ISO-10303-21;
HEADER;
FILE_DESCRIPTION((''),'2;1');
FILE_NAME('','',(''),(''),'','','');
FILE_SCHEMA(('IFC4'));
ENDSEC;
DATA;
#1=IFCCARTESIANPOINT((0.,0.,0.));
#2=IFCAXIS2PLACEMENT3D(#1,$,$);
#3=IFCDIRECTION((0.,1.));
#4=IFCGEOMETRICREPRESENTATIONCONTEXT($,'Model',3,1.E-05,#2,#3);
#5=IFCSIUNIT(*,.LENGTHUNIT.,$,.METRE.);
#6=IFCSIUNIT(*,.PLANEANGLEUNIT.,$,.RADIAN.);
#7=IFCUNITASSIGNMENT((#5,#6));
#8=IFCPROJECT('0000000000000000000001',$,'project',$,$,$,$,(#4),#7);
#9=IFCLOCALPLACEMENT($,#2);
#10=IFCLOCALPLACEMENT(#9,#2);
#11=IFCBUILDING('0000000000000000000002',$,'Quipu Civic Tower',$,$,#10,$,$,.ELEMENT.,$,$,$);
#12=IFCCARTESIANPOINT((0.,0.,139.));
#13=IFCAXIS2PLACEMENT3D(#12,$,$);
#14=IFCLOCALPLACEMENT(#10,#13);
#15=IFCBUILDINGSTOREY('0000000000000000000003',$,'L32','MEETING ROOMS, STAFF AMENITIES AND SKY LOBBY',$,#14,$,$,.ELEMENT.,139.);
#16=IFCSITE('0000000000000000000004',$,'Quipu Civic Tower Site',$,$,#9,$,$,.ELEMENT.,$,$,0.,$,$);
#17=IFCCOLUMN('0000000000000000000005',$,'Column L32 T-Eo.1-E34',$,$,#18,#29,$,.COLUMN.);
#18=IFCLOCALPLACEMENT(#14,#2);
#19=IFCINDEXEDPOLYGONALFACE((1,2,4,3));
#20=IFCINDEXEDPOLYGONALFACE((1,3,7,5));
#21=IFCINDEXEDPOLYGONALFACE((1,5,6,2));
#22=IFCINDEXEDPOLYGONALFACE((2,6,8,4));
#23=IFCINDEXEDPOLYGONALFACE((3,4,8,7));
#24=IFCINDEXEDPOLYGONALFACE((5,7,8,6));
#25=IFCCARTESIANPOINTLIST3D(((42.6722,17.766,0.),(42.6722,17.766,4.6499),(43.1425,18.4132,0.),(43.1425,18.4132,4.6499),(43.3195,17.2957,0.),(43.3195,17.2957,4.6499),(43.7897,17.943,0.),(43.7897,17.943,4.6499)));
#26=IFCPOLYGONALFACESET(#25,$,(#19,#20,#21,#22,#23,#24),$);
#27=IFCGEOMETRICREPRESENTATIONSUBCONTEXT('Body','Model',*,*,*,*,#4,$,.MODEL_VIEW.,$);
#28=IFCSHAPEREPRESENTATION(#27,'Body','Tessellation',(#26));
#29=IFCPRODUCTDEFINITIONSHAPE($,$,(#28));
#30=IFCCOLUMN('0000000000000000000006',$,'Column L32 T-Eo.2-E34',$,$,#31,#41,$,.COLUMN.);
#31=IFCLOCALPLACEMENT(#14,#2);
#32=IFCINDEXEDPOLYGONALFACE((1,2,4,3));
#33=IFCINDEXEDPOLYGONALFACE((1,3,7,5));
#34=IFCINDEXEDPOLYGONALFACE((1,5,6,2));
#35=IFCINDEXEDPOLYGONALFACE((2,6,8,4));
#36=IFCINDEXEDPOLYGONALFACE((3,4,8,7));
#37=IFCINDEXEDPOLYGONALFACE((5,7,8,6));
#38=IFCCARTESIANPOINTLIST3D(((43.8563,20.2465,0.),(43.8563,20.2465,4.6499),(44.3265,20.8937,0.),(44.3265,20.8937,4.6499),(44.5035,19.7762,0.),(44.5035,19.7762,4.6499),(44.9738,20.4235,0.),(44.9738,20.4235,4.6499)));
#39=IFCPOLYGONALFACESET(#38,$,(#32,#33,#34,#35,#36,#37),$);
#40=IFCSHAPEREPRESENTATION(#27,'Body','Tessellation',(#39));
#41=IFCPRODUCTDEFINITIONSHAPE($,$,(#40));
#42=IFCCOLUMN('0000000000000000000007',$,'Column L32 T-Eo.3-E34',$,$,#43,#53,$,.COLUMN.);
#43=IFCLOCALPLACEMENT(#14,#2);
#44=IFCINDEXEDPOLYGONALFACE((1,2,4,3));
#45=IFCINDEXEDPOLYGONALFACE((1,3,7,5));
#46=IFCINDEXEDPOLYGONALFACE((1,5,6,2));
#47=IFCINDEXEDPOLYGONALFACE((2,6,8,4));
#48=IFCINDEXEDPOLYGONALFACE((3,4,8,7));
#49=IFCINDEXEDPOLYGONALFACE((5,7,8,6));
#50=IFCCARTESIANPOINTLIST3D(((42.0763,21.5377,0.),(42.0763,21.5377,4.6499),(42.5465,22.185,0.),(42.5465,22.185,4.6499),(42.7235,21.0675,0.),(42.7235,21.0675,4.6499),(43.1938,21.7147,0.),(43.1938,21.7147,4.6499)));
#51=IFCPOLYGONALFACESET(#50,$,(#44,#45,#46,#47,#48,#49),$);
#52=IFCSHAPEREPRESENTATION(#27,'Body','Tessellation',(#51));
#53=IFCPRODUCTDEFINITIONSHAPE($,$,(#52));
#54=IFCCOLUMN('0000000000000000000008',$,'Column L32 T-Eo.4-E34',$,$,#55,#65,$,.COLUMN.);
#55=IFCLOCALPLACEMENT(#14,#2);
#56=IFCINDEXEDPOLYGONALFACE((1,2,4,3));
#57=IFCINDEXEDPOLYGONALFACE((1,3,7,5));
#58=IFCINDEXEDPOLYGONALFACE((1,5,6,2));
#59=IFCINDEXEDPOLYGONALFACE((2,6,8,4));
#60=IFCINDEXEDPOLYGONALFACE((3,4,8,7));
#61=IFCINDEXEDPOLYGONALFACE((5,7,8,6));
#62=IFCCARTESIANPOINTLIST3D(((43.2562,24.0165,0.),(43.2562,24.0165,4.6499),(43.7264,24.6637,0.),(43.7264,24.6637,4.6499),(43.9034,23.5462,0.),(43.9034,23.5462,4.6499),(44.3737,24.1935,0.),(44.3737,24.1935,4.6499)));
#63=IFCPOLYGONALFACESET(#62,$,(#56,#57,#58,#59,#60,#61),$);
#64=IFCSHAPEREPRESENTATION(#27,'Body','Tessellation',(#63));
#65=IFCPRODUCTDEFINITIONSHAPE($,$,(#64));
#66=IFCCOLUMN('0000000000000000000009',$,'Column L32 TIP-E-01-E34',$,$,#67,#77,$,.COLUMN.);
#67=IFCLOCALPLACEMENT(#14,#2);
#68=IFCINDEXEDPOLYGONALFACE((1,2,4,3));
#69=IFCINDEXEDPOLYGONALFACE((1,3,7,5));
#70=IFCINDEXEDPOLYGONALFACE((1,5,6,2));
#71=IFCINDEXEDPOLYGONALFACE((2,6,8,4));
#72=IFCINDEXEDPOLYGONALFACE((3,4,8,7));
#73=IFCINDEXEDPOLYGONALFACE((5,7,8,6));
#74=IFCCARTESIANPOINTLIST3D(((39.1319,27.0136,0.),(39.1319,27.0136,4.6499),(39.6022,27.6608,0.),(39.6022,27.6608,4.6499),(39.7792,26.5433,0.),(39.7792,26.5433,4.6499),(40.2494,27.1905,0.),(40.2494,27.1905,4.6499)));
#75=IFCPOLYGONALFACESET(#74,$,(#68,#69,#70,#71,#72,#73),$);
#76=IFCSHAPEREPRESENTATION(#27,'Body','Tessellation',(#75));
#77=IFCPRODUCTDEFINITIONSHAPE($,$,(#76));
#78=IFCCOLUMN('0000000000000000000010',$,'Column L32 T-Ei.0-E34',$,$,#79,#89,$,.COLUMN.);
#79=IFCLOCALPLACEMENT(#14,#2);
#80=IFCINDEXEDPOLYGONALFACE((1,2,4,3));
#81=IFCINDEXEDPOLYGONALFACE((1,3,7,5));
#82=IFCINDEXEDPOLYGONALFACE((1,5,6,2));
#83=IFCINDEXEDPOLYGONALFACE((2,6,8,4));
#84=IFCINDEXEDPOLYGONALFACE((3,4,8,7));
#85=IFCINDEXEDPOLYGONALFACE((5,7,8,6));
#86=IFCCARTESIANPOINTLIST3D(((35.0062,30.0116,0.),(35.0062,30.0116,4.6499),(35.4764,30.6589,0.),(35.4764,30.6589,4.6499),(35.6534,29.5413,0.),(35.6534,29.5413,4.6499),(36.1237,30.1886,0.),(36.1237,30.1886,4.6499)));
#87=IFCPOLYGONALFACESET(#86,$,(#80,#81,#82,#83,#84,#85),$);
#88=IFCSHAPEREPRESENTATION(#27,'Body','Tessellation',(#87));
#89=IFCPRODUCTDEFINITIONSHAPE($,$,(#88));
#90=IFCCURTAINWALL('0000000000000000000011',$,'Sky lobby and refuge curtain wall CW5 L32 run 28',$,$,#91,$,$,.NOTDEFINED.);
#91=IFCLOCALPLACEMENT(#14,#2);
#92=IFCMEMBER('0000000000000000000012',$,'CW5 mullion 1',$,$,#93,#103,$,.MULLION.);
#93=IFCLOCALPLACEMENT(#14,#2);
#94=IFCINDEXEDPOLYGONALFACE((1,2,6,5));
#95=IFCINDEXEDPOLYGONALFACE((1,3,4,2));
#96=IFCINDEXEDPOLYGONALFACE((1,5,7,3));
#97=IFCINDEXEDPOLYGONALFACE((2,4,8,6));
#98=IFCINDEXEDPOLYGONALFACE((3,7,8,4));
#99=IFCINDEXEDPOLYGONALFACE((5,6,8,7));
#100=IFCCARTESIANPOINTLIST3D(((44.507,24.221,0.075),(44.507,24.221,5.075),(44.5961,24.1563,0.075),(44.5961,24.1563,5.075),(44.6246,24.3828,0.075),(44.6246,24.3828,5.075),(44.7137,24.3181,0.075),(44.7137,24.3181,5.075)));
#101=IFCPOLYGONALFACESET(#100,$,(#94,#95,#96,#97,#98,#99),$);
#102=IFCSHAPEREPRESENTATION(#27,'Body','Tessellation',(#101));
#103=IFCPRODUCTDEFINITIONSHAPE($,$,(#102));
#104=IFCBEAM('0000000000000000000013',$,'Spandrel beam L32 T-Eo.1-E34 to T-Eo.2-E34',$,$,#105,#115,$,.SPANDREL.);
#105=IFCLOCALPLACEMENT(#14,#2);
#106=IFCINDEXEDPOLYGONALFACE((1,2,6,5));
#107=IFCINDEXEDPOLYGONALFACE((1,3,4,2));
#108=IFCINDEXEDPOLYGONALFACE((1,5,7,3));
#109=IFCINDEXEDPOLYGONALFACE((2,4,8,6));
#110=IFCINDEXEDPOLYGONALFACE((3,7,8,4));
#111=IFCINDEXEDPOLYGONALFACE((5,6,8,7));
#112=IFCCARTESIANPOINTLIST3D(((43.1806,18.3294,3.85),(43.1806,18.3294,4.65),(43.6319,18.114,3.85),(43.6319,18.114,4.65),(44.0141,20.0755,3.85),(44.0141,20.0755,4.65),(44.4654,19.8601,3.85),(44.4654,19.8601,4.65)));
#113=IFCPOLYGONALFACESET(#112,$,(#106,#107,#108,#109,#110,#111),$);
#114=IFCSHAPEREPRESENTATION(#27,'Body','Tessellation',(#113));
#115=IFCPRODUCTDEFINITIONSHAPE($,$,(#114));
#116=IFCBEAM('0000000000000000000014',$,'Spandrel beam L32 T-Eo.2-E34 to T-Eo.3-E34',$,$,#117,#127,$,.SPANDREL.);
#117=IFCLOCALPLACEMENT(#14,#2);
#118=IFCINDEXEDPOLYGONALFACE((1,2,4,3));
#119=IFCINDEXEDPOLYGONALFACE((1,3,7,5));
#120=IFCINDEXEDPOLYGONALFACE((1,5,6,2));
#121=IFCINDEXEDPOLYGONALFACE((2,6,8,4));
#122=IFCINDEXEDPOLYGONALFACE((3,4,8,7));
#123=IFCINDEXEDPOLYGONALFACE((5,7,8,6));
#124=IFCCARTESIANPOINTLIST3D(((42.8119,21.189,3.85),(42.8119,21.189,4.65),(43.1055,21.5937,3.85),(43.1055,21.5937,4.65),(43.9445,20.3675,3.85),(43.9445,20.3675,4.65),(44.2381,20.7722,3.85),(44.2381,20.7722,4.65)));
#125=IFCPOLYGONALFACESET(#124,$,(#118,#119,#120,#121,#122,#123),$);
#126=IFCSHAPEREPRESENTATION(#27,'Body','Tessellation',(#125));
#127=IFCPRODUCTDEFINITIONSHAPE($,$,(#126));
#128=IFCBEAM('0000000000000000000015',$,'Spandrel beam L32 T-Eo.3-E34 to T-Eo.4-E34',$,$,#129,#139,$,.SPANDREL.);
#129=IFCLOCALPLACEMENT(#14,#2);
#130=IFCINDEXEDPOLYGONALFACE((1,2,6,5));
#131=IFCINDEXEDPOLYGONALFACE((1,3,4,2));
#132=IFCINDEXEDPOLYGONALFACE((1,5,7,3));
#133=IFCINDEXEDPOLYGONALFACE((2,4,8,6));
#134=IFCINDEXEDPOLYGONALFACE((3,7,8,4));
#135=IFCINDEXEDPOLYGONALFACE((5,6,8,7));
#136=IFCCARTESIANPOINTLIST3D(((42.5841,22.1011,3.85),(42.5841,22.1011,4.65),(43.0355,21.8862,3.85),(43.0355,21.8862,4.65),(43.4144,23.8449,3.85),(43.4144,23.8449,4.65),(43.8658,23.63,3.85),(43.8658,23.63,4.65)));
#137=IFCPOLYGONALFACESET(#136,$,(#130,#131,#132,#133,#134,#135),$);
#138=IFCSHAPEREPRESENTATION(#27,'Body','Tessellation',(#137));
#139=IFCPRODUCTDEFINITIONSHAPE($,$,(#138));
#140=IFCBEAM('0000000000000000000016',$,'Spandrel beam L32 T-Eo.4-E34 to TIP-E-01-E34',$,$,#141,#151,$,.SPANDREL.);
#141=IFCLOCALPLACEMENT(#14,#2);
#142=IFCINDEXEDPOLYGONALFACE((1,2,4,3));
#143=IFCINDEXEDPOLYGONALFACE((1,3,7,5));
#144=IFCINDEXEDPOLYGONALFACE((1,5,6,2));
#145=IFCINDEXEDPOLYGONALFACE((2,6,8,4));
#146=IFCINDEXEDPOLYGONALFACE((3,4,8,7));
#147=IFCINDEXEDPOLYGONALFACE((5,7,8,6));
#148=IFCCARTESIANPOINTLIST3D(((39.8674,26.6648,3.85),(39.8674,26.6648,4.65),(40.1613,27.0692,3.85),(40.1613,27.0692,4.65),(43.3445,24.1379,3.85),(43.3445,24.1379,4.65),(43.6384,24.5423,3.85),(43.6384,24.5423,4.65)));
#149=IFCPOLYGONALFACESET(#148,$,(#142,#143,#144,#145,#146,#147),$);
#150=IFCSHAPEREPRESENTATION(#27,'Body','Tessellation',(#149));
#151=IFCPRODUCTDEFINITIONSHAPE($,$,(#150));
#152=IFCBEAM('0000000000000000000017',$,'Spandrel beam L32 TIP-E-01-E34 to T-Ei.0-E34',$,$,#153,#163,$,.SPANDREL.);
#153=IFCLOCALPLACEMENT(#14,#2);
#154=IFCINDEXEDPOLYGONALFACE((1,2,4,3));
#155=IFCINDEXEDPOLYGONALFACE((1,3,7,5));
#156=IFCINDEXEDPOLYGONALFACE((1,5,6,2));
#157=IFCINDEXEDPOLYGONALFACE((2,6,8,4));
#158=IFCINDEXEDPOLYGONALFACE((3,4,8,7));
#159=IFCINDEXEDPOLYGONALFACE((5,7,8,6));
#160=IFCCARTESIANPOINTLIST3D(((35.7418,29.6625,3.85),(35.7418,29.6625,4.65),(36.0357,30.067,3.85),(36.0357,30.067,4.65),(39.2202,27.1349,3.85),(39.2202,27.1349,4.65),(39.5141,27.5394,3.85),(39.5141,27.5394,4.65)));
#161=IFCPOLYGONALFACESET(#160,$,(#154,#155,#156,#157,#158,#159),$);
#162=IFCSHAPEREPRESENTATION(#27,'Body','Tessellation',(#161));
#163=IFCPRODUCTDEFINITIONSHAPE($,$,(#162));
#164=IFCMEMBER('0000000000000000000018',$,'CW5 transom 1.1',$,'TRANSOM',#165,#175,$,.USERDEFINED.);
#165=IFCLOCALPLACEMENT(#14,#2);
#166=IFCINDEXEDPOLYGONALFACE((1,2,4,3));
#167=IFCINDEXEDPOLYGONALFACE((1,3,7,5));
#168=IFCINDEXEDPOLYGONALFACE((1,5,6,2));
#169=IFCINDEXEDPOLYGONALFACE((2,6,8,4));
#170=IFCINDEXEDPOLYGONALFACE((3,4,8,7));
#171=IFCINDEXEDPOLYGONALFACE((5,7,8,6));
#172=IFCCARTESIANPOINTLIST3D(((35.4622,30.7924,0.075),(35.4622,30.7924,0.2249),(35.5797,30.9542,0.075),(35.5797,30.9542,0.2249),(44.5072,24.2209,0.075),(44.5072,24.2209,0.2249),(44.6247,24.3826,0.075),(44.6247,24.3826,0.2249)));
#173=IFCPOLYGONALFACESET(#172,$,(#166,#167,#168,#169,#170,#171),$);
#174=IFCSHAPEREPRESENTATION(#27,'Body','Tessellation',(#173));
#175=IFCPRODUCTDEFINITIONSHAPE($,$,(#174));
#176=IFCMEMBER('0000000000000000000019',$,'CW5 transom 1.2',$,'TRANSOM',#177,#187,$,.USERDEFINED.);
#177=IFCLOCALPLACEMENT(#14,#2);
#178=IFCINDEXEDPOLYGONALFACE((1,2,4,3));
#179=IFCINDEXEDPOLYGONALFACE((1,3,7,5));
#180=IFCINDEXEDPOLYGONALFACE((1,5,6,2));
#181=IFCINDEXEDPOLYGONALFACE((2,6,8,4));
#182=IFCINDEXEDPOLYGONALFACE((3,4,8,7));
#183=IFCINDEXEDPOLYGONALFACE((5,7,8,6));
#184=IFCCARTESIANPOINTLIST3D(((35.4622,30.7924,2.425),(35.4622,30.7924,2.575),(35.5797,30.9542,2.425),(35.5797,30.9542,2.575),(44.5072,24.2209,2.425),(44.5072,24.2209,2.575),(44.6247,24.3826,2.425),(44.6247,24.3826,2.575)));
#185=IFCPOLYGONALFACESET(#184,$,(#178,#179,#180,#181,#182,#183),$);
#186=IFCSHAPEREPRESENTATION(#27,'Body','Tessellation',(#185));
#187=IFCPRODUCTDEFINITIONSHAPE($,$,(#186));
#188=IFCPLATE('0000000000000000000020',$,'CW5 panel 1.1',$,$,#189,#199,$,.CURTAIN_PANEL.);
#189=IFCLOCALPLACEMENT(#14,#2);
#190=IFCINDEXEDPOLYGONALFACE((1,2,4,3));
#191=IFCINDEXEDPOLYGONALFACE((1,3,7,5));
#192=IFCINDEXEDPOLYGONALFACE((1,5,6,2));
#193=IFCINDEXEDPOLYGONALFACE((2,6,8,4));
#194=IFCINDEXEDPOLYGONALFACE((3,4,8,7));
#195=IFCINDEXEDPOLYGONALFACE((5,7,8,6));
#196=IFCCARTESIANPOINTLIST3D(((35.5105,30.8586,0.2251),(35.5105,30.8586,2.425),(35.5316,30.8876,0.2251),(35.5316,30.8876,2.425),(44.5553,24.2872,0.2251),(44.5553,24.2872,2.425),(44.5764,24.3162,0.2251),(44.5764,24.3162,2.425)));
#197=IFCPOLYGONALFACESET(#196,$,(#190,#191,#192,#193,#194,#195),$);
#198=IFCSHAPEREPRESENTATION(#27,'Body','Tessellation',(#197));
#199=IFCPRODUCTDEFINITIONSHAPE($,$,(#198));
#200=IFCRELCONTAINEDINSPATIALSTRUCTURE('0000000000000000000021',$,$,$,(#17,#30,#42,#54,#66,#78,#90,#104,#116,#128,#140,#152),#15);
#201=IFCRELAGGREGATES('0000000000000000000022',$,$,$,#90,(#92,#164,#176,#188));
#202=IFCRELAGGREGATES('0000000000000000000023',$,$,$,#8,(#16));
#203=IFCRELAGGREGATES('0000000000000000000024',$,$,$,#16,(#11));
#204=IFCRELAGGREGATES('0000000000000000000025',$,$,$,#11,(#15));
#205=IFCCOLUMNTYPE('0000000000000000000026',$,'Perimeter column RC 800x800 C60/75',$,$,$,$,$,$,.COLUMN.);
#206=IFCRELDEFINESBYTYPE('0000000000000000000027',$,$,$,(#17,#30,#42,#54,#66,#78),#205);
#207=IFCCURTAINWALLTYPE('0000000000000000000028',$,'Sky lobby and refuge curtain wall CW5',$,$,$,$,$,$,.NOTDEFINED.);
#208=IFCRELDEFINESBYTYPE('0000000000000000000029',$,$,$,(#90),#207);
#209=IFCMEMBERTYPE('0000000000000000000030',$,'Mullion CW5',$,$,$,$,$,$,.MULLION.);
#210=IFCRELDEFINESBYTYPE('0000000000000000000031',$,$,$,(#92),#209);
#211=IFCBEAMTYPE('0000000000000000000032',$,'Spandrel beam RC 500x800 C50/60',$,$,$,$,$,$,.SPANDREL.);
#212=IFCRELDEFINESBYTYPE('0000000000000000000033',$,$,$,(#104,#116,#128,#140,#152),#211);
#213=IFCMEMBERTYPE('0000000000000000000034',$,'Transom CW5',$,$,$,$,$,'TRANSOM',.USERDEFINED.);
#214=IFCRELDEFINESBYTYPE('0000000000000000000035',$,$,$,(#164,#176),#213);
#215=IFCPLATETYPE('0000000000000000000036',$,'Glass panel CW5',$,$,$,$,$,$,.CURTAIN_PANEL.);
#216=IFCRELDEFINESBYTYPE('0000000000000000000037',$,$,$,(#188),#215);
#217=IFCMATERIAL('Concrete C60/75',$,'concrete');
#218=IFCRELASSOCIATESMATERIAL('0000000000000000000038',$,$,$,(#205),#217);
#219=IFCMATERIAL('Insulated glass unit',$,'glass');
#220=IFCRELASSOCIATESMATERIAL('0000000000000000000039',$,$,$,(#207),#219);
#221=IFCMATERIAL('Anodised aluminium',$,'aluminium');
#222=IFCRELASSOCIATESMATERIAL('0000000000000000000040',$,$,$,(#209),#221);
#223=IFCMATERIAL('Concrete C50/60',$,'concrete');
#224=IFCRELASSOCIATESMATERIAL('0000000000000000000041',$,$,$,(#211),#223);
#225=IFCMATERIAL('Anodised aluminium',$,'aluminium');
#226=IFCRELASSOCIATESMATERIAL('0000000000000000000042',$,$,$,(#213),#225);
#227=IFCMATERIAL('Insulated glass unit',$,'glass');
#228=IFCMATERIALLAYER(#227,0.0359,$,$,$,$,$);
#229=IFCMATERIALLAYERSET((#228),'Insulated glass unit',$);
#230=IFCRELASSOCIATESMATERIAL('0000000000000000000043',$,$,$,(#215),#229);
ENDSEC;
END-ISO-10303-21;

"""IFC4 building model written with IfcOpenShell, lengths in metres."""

from ifc_helpers import new_model, si_unit, direction, frame, origin, origin_2d, place, context, subcontext, project, spatial, rectangle, extrude, material, layer, layer_set, material_profile, profile_set, type_object, element, aggregate, save


model = new_model("IFC4")

# Units and contexts
model_context = context("Model", 3, precision=1e-05, world=origin(), true_north=direction((0.0, 1.0)))
body_context = subcontext(model_context, "Body", "Model", "MODEL_VIEW")
ifc_project = project(units=[si_unit("LENGTHUNIT", "METRE"), si_unit("PLANEANGLEUNIT", "RADIAN")], contexts=[model_context])

# Site, building, storey
site_placement = place(None, origin())
site = spatial("IfcSite", under=ifc_project, at=site_placement, Name="Quipu Civic Tower Site", CompositionType="ELEMENT", RefElevation=0.0)
building_placement = place(site_placement, origin())
building = spatial("IfcBuilding", under=site, at=building_placement, Name="Quipu Civic Tower", CompositionType="ELEMENT")
storey_placement = place(building_placement, frame((0.0, 0.0, 139.0)))
storey = spatial("IfcBuildingStorey", under=building, at=storey_placement, Name="L32", Description="MEETING ROOMS, STAFF AMENITIES AND SKY LOBBY", CompositionType="ELEMENT", Elevation=139.0)

# Columns
ifc_material_1 = material(Name="Concrete C60/75", Category="concrete")
ifc_material_profile_1 = material_profile(ifc_material_1, rectangle(XDim=0.8, YDim=0.8, at=origin_2d()), Name="RC800x800")
ifc_profile_set_1 = profile_set([ifc_material_profile_1], Name="Concrete C60/75")
column_type = type_object("IfcColumnType", Name="Perimeter column RC 800x800 C60/75", PredefinedType="COLUMN", material=ifc_profile_set_1)
for number, where, z_axis, x_axis, name in (
    (1, (43.231, 17.8545, 0.0), (0.0, 0.0, 1.0), (0.587785, 0.809017, 0.0), "Column L32 T-Eo.1-E34"),
    (2, (44.415, 20.335, 0.0), (0.0, 0.0, 1.0), (0.587785, 0.809017, 0.0), "Column L32 T-Eo.2-E34"),
    (3, (42.635, 21.6262, 0.0), (0.0, 0.0, 1.0), (-0.809017, 0.587785, 0.0), "Column L32 T-Eo.3-E34"),
    (4, (43.8149, 24.105, 0.0), (0.0, 0.0, 1.0), (-0.809017, 0.587785, 0.0), "Column L32 T-Eo.4-E34"),
    (5, (39.6907, 27.1021, 0.0), (0.0, 0.0, 1.0), (-0.809017, 0.587785, 0.0), "Column L32 TIP-E-01-E34"),
    (6, (35.5649, 30.1001, 0.0), (0.0, 0.0, 1.0), (-0.587785, -0.809017, 0.0), "Column L32 T-Ei.0-E34"),
):
    element("IfcColumn", number, at=place(storey_placement, frame(where, z_axis=z_axis, x_axis=x_axis)), inside=storey, type_object=column_type, Name=name, PredefinedType="COLUMN", context=body_context, shape_type="SweptSolid", body=[
        extrude(rectangle(XDim=0.8, YDim=0.8, at=origin_2d()), origin(), (0.0, 0.0, 1.0), 4.6499),
    ])

# Curtain wall, member
ifc_material_2 = material(Name="Insulated glass unit", Category="glass")
curtain_wall_type = type_object("IfcCurtainWallType", Name="Sky lobby and refuge curtain wall CW5", PredefinedType="NOTDEFINED", material=ifc_material_2)
curtain_wall_placement = place(storey_placement, origin())
curtain_wall = element("IfcCurtainWall", 7, at=curtain_wall_placement, inside=storey, type_object=curtain_wall_type, Name="Sky lobby and refuge curtain wall CW5 L32 run 28", PredefinedType="NOTDEFINED")
ifc_material_3 = material(Name="Anodised aluminium", Category="aluminium")
ifc_material_profile_2 = material_profile(ifc_material_3, rectangle(XDim=0.2, YDim=0.1101, at=origin_2d()), Name="RECT 200x110")
ifc_profile_set_2 = profile_set([ifc_material_profile_2], Name="Anodised aluminium")
member_type_1 = type_object("IfcMemberType", Name="Mullion CW5", PredefinedType="MULLION", material=ifc_profile_set_2)
member_1_placement = place(storey_placement, frame((44.6104, 24.2695, 0.075), z_axis=(0.0, 0.0, 1.0), x_axis=(-0.587788, -0.809015, 0.0)))
member_1 = element("IfcMember", 8, at=member_1_placement, type_object=member_type_1, Name="CW5 mullion 1", PredefinedType="MULLION", context=body_context, shape_type="SweptSolid", body=[
    extrude(rectangle(XDim=0.2, YDim=0.1101, at=origin_2d()), origin(), (0.0, 0.0, 1.0), 5.0),
])

# Beams
ifc_material_4 = material(Name="Concrete C50/60", Category="concrete")
ifc_material_profile_3 = material_profile(ifc_material_4, rectangle(XDim=0.5, YDim=0.8, at=origin_2d()), Name="RC500x800")
ifc_profile_set_3 = profile_set([ifc_material_profile_3], Name="Concrete C50/60")
beam_type = type_object("IfcBeamType", Name="Spandrel beam RC 500x800 C50/60", PredefinedType="SPANDREL", material=ifc_profile_set_3)
beam_1_placement = place(storey_placement, frame((43.4062, 18.2217, 4.25), z_axis=(0.430786, 0.902454, 0.0), x_axis=(-0.902454, 0.430786, 0.0)))
element("IfcBeam", 9, at=beam_1_placement, inside=storey, type_object=beam_type, Name="Spandrel beam L32 T-Eo.1-E34 to T-Eo.2-E34", PredefinedType="SPANDREL", context=body_context, shape_type="SweptSolid", body=[
    extrude(rectangle(XDim=0.5, YDim=0.8, at=origin_2d()), origin(), (0.0, 0.0, 1.0), 1.9348),
])
beam_2_placement = place(storey_placement, frame((44.0913, 20.5698, 4.25), z_axis=(-0.809467, 0.587165, 0.0), x_axis=(-0.587165, -0.809467, 0.0)))
element("IfcBeam", 10, at=beam_2_placement, inside=storey, type_object=beam_type, Name="Spandrel beam L32 T-Eo.2-E34 to T-Eo.3-E34", PredefinedType="SPANDREL", context=body_context, shape_type="SweptSolid", body=[
    extrude(rectangle(XDim=0.5, YDim=0.8, at=origin_2d()), origin(), (0.0, 0.0, 1.0), 1.3992),
])
beam_3_placement = place(storey_placement, frame((42.8098, 21.9937, 4.25), z_axis=(0.429889, 0.902882, 0.0), x_axis=(-0.902882, 0.429889, 0.0)))
element("IfcBeam", 11, at=beam_3_placement, inside=storey, type_object=beam_type, Name="Spandrel beam L32 T-Eo.3-E34 to T-Eo.4-E34", PredefinedType="SPANDREL", context=body_context, shape_type="SweptSolid", body=[
    extrude(rectangle(XDim=0.5, YDim=0.8, at=origin_2d()), origin(), (0.0, 0.0, 1.0), 1.9314),
])
beam_4_placement = place(storey_placement, frame((43.4915, 24.3401, 4.25), z_axis=(-0.808947, 0.587881, 0.0), x_axis=(-0.587881, -0.808947, 0.0)))
element("IfcBeam", 12, at=beam_4_placement, inside=storey, type_object=beam_type, Name="Spandrel beam L32 T-Eo.4-E34 to TIP-E-01-E34", PredefinedType="SPANDREL", context=body_context, shape_type="SweptSolid", body=[
    extrude(rectangle(XDim=0.5, YDim=0.8, at=origin_2d()), origin(), (0.0, 0.0, 1.0), 4.2983),
])
beam_5_placement = place(storey_placement, frame((39.3672, 27.3372, 4.25), z_axis=(-0.808984, 0.587831, 0.0), x_axis=(-0.587831, -0.808984, 0.0)))
element("IfcBeam", 13, at=beam_5_placement, inside=storey, type_object=beam_type, Name="Spandrel beam L32 TIP-E-01-E34 to T-Ei.0-E34", PredefinedType="SPANDREL", context=body_context, shape_type="SweptSolid", body=[
    extrude(rectangle(XDim=0.5, YDim=0.8, at=origin_2d()), origin(), (0.0, 0.0, 1.0), 4.2998),
])

# Members
ifc_material_5 = material(Name="Anodised aluminium", Category="aluminium")
ifc_material_profile_4 = material_profile(ifc_material_5, rectangle(XDim=0.2, YDim=0.1499, at=origin_2d()), Name="RECT 200x150")
ifc_profile_set_4 = profile_set([ifc_material_profile_4], Name="Anodised aluminium")
member_type_2 = type_object("IfcMemberType", Name="Transom CW5", ElementType="TRANSOM", PredefinedType="USERDEFINED", material=ifc_profile_set_4)
member_2_placement = place(storey_placement, frame((44.5659, 24.3018, 0.1499), z_axis=(-0.809016, 0.587786, 0.0), x_axis=(-0.587786, -0.809016, 0.0)))
member_2 = element("IfcMember", 14, at=member_2_placement, type_object=member_type_2, Name="CW5 transom 1.1", ObjectType="TRANSOM", PredefinedType="USERDEFINED", context=body_context, shape_type="SweptSolid", body=[
    extrude(rectangle(XDim=0.2, YDim=0.1499, at=origin_2d()), origin(), (0.0, 0.0, 1.0), 11.1802),
])
member_3_placement = place(storey_placement, frame((44.5659, 24.3018, 2.5), z_axis=(-0.809016, 0.587786, 0.0), x_axis=(-0.587786, -0.809016, 0.0)))
member_3 = element("IfcMember", 15, at=member_3_placement, type_object=member_type_2, Name="CW5 transom 1.2", ObjectType="TRANSOM", PredefinedType="USERDEFINED", context=body_context, shape_type="SweptSolid", body=[
    extrude(rectangle(XDim=0.2, YDim=0.1499, at=origin_2d()), origin(), (0.0, 0.0, 1.0), 11.1802),
])

# Plate
ifc_material_6 = material(Name="Insulated glass unit", Category="glass")
ifc_layer_1 = layer(ifc_material_6, 0.0359)
ifc_layer_set_1 = layer_set([ifc_layer_1], Name="Insulated glass unit")
plate_type_1 = type_object("IfcPlateType", Name="Glass panel CW5", PredefinedType="CURTAIN_PANEL", material=ifc_layer_set_1)
plate_1_placement = place(storey_placement, frame((40.0435, 27.5874, 0.2251), z_axis=(0.0, 0.0, 1.0), x_axis=(-0.809015, 0.587788, 0.0)))
plate_1 = element("IfcPlate", 16, at=plate_1_placement, type_object=plate_type_1, Name="CW5 panel 1.1", PredefinedType="CURTAIN_PANEL", context=body_context, shape_type="SweptSolid", body=[
    extrude(rectangle(XDim=11.1799, YDim=0.0359, at=origin_2d()), origin(), (0.0, 0.0, 1.0), 2.2),
])
aggregate(curtain_wall, [member_1, member_2, member_3, plate_1])

save(model, "model.ifc")
